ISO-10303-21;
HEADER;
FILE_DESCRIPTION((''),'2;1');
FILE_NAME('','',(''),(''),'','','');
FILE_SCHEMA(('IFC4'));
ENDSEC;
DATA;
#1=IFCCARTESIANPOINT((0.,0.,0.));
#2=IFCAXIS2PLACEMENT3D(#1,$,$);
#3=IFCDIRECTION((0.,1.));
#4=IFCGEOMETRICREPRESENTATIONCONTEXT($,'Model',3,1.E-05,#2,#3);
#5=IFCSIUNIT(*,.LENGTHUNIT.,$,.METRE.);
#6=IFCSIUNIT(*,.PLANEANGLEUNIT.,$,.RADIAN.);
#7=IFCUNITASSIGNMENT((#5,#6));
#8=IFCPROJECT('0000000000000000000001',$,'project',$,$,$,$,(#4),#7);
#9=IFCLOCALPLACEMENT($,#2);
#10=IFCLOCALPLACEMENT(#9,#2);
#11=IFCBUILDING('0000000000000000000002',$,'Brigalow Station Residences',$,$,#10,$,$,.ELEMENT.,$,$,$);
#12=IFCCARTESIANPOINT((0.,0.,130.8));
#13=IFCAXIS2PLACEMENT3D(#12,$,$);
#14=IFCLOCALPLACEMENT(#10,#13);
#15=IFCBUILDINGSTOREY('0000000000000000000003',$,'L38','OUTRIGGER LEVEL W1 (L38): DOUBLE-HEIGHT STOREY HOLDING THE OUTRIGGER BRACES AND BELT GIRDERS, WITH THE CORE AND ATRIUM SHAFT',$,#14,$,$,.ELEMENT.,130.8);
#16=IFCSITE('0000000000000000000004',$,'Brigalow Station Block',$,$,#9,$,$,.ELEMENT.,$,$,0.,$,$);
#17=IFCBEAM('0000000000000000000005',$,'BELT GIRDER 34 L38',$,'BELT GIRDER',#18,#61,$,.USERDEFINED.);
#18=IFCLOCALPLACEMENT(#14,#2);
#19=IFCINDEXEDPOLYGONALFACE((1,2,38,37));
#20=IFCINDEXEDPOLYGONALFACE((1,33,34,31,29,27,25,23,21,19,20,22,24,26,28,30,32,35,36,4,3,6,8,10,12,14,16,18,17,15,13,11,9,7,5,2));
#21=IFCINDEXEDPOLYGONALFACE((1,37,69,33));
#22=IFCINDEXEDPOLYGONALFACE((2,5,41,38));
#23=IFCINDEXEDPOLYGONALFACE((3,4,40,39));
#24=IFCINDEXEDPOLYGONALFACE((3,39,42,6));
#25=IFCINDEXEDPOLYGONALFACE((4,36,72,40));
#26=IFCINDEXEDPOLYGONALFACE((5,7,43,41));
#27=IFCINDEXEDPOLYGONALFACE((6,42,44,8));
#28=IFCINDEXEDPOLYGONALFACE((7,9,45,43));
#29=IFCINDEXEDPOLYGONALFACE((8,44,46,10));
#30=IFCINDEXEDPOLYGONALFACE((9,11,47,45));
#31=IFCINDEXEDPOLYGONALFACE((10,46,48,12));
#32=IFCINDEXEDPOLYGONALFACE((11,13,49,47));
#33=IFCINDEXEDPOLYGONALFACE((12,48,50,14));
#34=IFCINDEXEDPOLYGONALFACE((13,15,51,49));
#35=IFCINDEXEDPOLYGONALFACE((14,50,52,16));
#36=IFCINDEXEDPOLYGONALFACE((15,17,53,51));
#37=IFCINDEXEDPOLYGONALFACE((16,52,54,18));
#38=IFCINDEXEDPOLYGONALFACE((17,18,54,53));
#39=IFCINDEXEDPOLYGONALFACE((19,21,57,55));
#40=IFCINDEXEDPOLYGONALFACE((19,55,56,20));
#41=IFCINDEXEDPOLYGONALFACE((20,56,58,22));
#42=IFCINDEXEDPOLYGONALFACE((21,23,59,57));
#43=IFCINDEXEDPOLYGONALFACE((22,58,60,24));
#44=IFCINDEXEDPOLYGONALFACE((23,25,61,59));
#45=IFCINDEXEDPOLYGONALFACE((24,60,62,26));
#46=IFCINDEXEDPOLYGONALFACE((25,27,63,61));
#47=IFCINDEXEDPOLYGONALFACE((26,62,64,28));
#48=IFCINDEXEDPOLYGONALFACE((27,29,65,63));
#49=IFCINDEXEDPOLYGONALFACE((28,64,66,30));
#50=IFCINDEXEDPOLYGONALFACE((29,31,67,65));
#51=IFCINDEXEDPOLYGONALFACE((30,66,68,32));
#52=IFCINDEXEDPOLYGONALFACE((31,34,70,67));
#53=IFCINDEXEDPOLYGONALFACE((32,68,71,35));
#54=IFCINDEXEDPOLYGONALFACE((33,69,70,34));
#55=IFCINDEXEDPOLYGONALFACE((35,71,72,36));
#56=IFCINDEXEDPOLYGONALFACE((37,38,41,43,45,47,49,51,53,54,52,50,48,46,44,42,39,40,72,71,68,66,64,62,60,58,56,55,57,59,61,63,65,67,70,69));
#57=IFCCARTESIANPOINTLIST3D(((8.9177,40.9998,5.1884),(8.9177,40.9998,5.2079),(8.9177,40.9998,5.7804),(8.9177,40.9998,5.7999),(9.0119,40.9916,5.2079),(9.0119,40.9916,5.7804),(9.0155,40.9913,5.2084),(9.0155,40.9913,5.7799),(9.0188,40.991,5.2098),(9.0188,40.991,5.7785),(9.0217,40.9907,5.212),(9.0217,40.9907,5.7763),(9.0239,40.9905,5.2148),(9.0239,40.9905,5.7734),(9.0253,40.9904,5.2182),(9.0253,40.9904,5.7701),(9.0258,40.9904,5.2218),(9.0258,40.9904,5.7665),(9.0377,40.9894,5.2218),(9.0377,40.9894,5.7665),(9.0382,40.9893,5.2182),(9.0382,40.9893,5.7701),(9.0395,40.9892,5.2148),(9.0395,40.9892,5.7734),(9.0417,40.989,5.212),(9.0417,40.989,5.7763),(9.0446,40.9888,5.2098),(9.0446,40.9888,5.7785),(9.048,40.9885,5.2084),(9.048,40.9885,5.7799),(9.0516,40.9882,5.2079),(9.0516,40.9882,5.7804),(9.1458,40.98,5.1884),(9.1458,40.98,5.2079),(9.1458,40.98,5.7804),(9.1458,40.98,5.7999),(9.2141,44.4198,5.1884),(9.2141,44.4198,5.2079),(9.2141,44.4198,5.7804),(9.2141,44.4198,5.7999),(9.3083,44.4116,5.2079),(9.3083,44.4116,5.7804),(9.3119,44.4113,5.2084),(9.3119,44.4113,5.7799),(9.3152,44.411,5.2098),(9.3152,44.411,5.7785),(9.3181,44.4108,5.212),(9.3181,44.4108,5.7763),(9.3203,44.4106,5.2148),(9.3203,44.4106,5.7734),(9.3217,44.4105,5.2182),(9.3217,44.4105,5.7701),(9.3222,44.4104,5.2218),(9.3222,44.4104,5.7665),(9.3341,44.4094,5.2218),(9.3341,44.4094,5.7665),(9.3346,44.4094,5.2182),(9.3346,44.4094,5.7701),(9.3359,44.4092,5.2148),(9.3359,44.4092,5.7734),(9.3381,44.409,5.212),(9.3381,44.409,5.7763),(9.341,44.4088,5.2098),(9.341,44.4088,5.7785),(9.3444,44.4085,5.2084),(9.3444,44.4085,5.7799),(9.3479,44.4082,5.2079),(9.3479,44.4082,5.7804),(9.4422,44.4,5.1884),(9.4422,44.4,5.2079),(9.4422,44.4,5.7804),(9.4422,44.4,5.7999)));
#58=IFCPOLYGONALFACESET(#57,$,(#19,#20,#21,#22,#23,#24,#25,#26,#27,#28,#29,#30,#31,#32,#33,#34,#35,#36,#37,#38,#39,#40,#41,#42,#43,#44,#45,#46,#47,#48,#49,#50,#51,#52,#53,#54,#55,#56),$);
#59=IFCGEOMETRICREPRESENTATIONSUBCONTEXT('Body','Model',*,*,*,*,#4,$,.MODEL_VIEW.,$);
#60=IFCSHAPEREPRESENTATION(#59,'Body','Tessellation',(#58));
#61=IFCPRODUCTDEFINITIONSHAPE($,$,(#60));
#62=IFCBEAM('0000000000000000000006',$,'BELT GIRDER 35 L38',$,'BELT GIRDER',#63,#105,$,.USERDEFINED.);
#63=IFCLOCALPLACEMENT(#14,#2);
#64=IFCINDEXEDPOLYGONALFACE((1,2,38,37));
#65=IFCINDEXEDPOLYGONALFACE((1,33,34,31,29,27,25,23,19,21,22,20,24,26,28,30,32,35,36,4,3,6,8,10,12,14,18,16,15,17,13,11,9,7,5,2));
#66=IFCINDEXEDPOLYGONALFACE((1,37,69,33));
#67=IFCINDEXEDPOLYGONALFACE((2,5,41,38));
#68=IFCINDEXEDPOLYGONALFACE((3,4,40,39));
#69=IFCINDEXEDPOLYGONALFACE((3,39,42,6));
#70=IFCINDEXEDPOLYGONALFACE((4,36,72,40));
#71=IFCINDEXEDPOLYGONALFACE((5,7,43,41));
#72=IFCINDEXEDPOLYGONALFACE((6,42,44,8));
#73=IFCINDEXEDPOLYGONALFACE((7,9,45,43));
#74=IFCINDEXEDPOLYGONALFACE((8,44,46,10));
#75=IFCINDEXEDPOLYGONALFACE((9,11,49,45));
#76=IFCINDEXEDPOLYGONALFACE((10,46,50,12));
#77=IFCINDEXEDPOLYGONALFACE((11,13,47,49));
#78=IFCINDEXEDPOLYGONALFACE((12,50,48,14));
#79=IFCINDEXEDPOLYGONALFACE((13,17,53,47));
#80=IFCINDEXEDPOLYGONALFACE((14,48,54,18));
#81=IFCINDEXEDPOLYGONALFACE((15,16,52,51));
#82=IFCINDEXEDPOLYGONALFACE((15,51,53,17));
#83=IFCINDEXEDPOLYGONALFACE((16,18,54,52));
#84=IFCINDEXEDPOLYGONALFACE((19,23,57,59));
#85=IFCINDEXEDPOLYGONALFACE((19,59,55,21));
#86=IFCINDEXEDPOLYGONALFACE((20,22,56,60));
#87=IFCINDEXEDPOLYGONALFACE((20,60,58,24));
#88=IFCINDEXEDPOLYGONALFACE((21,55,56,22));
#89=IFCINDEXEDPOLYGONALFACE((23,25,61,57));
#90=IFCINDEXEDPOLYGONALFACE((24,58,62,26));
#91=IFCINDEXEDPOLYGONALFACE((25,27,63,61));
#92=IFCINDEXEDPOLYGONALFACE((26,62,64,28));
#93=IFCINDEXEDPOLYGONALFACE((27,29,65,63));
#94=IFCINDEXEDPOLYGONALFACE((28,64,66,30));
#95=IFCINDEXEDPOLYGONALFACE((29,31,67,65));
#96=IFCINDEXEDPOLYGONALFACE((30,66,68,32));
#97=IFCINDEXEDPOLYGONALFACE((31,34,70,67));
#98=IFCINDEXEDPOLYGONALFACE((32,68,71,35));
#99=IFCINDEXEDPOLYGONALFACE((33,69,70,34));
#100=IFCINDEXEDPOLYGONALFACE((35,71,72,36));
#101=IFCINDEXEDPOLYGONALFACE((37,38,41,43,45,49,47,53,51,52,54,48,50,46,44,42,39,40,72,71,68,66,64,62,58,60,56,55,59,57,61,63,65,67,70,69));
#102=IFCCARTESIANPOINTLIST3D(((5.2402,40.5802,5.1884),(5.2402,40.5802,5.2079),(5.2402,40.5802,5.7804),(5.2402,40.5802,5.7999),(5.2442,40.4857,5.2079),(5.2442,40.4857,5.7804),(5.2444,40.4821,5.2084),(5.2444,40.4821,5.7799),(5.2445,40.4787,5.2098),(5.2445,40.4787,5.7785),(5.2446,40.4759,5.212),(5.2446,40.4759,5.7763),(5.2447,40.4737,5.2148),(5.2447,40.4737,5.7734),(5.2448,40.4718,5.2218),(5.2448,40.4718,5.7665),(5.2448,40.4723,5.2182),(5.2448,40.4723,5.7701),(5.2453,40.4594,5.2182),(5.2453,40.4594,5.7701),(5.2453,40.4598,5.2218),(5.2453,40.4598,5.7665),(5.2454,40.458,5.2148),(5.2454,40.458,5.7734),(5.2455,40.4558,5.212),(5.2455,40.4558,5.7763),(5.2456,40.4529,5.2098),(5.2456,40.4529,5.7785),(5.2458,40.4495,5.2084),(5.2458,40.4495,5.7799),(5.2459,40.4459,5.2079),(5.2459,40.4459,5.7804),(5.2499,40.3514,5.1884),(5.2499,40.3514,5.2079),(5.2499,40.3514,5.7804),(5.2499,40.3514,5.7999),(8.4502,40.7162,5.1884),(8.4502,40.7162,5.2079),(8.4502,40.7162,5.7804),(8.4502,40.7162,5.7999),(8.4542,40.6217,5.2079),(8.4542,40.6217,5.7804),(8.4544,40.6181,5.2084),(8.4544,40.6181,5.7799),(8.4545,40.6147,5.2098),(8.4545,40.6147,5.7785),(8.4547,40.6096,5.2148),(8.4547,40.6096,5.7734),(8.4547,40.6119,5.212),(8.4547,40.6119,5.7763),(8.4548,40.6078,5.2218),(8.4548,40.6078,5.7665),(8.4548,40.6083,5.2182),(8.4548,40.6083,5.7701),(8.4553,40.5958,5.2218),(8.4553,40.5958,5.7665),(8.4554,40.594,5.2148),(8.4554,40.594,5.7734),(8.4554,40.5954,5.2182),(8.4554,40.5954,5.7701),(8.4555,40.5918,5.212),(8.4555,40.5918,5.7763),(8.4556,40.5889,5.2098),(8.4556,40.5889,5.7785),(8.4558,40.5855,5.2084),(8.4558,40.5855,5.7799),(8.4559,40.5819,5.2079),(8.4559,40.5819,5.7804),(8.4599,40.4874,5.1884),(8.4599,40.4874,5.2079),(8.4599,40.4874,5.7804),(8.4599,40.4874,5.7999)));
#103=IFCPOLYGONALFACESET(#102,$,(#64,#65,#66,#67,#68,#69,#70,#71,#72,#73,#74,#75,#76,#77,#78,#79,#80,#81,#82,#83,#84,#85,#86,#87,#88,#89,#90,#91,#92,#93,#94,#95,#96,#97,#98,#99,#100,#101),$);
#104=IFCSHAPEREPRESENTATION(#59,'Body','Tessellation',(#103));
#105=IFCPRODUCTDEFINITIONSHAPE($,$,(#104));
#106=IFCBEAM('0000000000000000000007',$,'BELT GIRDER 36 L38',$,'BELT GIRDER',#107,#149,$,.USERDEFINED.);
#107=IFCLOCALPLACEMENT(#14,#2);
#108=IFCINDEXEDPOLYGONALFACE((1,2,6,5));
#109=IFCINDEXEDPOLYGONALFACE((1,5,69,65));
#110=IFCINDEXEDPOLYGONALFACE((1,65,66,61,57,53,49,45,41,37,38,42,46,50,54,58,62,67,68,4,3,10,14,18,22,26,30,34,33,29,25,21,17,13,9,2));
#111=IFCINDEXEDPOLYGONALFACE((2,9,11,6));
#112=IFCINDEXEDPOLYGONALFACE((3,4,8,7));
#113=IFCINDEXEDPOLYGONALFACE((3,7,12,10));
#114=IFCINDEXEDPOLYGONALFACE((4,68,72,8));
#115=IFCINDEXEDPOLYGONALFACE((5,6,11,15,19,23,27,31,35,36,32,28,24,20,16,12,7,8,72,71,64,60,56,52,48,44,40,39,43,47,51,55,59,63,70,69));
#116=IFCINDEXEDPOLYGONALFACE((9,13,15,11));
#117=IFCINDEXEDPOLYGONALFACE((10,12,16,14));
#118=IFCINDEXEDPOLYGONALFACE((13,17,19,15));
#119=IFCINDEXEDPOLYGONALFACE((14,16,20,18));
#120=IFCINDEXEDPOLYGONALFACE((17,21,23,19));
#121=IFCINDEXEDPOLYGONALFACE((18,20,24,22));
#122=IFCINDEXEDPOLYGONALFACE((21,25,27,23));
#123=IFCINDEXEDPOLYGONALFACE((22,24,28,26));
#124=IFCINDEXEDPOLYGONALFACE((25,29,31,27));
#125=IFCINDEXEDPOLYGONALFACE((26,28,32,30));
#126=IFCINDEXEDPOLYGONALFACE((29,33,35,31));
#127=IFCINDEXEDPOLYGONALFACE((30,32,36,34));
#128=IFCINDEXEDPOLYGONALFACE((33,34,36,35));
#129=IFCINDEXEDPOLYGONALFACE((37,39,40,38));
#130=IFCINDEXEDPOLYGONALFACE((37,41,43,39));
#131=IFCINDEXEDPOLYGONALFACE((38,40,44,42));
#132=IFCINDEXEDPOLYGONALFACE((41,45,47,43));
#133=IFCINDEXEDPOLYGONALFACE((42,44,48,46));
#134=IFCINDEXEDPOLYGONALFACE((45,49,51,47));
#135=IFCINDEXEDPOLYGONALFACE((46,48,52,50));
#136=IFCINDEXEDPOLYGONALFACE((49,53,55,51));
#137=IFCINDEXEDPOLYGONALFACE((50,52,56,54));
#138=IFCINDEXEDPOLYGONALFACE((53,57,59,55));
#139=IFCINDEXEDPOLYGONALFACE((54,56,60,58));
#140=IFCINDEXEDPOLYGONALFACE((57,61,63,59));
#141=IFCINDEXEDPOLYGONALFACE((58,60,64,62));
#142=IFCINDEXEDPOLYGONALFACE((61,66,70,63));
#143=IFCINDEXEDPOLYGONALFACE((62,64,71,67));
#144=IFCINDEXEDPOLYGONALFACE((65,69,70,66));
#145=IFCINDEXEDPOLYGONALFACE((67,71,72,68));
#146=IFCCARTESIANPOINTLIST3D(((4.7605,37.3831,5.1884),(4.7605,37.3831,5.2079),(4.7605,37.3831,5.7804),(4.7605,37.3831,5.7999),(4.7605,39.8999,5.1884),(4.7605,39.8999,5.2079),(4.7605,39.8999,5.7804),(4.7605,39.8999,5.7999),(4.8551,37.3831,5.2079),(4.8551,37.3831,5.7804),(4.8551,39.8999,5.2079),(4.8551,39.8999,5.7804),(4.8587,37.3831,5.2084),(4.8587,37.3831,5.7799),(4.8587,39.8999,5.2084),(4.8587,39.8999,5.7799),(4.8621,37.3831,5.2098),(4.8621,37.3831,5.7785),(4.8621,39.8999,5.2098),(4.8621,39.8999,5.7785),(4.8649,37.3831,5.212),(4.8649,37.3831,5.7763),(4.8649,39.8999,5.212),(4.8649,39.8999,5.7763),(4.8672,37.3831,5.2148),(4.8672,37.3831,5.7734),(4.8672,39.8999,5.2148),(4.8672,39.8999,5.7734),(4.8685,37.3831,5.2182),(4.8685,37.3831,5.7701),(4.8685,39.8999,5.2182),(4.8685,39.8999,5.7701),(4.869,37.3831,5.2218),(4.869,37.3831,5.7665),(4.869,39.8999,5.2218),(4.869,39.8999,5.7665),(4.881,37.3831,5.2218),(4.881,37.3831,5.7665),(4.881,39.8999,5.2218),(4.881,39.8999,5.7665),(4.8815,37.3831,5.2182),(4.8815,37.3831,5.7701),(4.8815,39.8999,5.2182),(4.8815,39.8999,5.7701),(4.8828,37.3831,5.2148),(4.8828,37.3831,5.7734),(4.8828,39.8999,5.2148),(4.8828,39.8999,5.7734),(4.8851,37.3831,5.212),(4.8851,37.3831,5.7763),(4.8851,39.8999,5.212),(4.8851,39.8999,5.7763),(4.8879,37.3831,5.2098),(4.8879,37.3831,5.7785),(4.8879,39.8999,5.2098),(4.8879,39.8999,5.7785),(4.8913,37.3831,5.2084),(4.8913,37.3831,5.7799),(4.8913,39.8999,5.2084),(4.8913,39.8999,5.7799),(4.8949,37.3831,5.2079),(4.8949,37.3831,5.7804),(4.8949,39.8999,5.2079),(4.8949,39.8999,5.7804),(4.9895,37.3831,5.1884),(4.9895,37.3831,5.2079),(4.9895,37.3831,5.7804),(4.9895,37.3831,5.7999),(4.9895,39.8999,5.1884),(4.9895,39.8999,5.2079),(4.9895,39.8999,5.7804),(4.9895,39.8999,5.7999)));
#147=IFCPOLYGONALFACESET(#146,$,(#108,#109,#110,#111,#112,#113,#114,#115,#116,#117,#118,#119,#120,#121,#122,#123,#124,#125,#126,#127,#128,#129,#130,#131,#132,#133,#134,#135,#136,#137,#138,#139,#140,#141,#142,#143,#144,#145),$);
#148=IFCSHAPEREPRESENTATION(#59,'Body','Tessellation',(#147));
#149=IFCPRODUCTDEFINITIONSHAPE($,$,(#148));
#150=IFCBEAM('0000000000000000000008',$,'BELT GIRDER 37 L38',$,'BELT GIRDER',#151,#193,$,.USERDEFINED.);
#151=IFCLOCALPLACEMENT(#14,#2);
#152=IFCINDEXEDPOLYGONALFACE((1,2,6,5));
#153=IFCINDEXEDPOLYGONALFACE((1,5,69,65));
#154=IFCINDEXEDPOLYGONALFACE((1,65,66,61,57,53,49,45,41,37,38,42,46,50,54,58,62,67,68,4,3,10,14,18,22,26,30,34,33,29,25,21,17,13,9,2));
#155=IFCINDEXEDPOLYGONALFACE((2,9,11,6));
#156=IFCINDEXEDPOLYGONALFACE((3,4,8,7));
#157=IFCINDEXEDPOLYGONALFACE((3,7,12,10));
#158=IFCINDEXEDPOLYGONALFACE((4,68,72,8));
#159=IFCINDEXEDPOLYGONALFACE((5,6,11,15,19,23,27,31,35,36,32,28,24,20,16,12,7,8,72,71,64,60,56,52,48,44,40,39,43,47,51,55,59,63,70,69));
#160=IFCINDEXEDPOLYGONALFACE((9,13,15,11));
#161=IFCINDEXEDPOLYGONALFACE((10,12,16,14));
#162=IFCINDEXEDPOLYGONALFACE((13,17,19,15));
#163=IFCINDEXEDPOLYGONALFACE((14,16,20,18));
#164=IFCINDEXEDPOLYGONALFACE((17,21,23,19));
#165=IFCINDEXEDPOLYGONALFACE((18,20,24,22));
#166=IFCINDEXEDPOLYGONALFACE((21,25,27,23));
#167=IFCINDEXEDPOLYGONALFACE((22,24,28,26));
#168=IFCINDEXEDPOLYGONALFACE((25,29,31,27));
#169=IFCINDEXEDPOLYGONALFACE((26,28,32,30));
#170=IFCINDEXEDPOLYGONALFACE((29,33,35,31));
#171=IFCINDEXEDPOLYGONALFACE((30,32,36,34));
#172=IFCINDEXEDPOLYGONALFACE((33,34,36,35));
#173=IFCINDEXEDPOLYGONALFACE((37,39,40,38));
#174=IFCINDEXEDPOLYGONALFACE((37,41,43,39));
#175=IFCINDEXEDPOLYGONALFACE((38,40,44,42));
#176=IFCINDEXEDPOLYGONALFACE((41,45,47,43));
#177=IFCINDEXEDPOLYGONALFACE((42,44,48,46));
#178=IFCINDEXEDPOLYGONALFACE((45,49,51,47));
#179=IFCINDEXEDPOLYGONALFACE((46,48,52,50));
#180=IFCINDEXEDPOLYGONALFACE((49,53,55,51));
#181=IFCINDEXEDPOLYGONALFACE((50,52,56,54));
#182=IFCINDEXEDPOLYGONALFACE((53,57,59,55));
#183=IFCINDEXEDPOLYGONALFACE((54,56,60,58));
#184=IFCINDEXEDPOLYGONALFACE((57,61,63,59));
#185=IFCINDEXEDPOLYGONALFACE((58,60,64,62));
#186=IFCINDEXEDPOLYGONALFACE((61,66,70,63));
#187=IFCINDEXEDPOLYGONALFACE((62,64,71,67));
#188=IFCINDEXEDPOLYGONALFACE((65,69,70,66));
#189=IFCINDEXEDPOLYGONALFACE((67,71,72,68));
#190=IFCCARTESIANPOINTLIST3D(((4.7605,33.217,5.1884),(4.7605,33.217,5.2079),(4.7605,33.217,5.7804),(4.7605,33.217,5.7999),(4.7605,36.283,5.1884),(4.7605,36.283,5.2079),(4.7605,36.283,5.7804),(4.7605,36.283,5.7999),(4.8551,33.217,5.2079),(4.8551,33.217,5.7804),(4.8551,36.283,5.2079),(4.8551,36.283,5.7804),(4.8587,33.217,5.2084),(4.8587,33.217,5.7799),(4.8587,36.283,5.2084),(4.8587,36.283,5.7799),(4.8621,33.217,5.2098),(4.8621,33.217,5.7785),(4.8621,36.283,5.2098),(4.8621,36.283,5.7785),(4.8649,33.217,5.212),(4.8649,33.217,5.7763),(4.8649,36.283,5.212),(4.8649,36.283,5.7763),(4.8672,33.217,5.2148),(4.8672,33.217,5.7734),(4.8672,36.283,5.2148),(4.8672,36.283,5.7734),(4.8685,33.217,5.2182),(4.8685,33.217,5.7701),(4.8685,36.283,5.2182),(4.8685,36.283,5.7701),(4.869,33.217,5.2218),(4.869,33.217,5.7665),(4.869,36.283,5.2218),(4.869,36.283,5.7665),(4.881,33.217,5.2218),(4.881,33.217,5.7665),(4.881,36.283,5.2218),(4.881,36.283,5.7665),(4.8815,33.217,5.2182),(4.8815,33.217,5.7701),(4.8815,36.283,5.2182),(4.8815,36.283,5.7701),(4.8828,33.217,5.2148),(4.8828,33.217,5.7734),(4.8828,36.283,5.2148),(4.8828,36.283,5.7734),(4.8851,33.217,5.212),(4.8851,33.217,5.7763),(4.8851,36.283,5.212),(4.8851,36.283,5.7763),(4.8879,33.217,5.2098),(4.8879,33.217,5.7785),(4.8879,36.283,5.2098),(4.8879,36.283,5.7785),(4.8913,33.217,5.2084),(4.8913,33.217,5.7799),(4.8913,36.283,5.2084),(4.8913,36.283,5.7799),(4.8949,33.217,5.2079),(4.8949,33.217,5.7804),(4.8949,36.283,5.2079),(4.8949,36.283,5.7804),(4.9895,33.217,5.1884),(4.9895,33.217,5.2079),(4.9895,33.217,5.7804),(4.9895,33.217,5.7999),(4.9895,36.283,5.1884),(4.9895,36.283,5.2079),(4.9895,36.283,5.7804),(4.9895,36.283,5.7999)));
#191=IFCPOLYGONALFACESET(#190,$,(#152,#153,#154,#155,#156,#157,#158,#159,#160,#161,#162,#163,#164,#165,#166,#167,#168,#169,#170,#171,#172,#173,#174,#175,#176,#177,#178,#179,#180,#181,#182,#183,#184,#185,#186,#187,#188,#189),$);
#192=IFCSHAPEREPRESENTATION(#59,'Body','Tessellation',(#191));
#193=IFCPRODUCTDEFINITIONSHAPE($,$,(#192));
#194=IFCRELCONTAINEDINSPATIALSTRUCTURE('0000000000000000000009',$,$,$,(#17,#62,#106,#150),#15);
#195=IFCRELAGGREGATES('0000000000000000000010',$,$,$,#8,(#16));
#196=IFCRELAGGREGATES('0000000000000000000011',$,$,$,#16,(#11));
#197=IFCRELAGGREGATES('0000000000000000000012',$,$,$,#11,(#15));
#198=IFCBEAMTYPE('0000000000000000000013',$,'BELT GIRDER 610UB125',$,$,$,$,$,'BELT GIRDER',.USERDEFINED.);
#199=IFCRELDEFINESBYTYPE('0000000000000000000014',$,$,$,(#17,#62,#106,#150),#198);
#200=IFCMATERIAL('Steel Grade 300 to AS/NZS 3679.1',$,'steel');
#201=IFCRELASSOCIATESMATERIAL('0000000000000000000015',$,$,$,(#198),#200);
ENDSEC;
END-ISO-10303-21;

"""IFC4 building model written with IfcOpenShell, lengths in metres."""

from ifc_helpers import new_model, si_unit, direction, frame, origin, origin_2d, place, context, subcontext, project, spatial, i_section, extrude, material, material_profile, profile_set, type_object, element, save


model = new_model("IFC4")

# Units and contexts
model_context = context("Model", 3, precision=1e-05, world=origin(), true_north=direction((0.0, 1.0)))
body_context = subcontext(model_context, "Body", "Model", "MODEL_VIEW")
ifc_project = project(units=[si_unit("LENGTHUNIT", "METRE"), si_unit("PLANEANGLEUNIT", "RADIAN")], contexts=[model_context])

# Site, building, storey
site_placement = place(None, origin())
site = spatial("IfcSite", under=ifc_project, at=site_placement, Name="Brigalow Station Block", CompositionType="ELEMENT", RefElevation=0.0)
building_placement = place(site_placement, origin())
building = spatial("IfcBuilding", under=site, at=building_placement, Name="Brigalow Station Residences", CompositionType="ELEMENT")
storey_placement = place(building_placement, frame((0.0, 0.0, 130.8)))
storey = spatial("IfcBuildingStorey", under=building, at=storey_placement, Name="L38", Description="OUTRIGGER LEVEL W1 (L38): DOUBLE-HEIGHT STOREY HOLDING THE OUTRIGGER BRACES AND BELT GIRDERS, WITH THE CORE AND ATRIUM SHAFT", CompositionType="ELEMENT", Elevation=130.8)

# Beams
ifc_material_1 = material(Name="Steel Grade 300 to AS/NZS 3679.1", Category="steel")
ifc_material_profile_1 = material_profile(ifc_material_1, i_section(OverallWidth=0.229, OverallDepth=0.6116, WebThickness=0.012, FlangeThickness=0.0195, FilletRadius=0.0139, at=origin_2d()), Name="610UB125")
ifc_profile_set_1 = profile_set([ifc_material_profile_1], Name="Steel Grade 300 to AS/NZS 3679.1")
beam_type = type_object("IfcBeamType", Name="BELT GIRDER 610UB125", ElementType="BELT GIRDER", PredefinedType="USERDEFINED", material=ifc_profile_set_1)
beam_1_placement = place(storey_placement, frame((9.3281, 44.4099, 5.4941), z_axis=(-0.086341, -0.996266, 0.0), x_axis=(0.996266, -0.086341, 0.0)))
element("IfcBeam", 1, at=beam_1_placement, inside=storey, type_object=beam_type, Name="BELT GIRDER 34 L38", ObjectType="BELT GIRDER", PredefinedType="USERDEFINED", context=body_context, shape_type="SweptSolid", body=[
    extrude(i_section(OverallWidth=0.229, OverallDepth=0.6116, WebThickness=0.012, FlangeThickness=0.0195, FilletRadius=0.0139, at=origin_2d()), origin(), (0.0, 0.0, 1.0), 3.4329),
])
beam_2_placement = place(storey_placement, frame((8.4551, 40.6018, 5.4941), z_axis=(-0.999104, -0.042326, 0.0), x_axis=(0.042326, -0.999104, 0.0)))
element("IfcBeam", 2, at=beam_2_placement, inside=storey, type_object=beam_type, Name="BELT GIRDER 35 L38", ObjectType="BELT GIRDER", PredefinedType="USERDEFINED", context=body_context, shape_type="SweptSolid", body=[
    extrude(i_section(OverallWidth=0.229, OverallDepth=0.6116, WebThickness=0.012, FlangeThickness=0.0195, FilletRadius=0.0139, at=origin_2d()), origin(), (0.0, 0.0, 1.0), 3.2129),
])
beam_3_placement = place(storey_placement, frame((4.875, 39.8999, 5.4941), z_axis=(0.0, -1.0, 0.0), x_axis=(1.0, 0.0, 0.0)))
element("IfcBeam", 3, at=beam_3_placement, inside=storey, type_object=beam_type, Name="BELT GIRDER 36 L38", ObjectType="BELT GIRDER", PredefinedType="USERDEFINED", context=body_context, shape_type="SweptSolid", body=[
    extrude(i_section(OverallWidth=0.229, OverallDepth=0.6116, WebThickness=0.012, FlangeThickness=0.0195, FilletRadius=0.0139, at=origin_2d()), origin(), (0.0, 0.0, 1.0), 2.5168),
])
beam_4_placement = place(storey_placement, frame((4.875, 36.283, 5.4941), z_axis=(0.0, -1.0, 0.0), x_axis=(1.0, 0.0, 0.0)))
element("IfcBeam", 4, at=beam_4_placement, inside=storey, type_object=beam_type, Name="BELT GIRDER 37 L38", ObjectType="BELT GIRDER", PredefinedType="USERDEFINED", context=body_context, shape_type="SweptSolid", body=[
    extrude(i_section(OverallWidth=0.229, OverallDepth=0.6116, WebThickness=0.012, FlangeThickness=0.0195, FilletRadius=0.0139, at=origin_2d()), origin(), (0.0, 0.0, 1.0), 3.0659),
])

save(model, "model.ifc")
